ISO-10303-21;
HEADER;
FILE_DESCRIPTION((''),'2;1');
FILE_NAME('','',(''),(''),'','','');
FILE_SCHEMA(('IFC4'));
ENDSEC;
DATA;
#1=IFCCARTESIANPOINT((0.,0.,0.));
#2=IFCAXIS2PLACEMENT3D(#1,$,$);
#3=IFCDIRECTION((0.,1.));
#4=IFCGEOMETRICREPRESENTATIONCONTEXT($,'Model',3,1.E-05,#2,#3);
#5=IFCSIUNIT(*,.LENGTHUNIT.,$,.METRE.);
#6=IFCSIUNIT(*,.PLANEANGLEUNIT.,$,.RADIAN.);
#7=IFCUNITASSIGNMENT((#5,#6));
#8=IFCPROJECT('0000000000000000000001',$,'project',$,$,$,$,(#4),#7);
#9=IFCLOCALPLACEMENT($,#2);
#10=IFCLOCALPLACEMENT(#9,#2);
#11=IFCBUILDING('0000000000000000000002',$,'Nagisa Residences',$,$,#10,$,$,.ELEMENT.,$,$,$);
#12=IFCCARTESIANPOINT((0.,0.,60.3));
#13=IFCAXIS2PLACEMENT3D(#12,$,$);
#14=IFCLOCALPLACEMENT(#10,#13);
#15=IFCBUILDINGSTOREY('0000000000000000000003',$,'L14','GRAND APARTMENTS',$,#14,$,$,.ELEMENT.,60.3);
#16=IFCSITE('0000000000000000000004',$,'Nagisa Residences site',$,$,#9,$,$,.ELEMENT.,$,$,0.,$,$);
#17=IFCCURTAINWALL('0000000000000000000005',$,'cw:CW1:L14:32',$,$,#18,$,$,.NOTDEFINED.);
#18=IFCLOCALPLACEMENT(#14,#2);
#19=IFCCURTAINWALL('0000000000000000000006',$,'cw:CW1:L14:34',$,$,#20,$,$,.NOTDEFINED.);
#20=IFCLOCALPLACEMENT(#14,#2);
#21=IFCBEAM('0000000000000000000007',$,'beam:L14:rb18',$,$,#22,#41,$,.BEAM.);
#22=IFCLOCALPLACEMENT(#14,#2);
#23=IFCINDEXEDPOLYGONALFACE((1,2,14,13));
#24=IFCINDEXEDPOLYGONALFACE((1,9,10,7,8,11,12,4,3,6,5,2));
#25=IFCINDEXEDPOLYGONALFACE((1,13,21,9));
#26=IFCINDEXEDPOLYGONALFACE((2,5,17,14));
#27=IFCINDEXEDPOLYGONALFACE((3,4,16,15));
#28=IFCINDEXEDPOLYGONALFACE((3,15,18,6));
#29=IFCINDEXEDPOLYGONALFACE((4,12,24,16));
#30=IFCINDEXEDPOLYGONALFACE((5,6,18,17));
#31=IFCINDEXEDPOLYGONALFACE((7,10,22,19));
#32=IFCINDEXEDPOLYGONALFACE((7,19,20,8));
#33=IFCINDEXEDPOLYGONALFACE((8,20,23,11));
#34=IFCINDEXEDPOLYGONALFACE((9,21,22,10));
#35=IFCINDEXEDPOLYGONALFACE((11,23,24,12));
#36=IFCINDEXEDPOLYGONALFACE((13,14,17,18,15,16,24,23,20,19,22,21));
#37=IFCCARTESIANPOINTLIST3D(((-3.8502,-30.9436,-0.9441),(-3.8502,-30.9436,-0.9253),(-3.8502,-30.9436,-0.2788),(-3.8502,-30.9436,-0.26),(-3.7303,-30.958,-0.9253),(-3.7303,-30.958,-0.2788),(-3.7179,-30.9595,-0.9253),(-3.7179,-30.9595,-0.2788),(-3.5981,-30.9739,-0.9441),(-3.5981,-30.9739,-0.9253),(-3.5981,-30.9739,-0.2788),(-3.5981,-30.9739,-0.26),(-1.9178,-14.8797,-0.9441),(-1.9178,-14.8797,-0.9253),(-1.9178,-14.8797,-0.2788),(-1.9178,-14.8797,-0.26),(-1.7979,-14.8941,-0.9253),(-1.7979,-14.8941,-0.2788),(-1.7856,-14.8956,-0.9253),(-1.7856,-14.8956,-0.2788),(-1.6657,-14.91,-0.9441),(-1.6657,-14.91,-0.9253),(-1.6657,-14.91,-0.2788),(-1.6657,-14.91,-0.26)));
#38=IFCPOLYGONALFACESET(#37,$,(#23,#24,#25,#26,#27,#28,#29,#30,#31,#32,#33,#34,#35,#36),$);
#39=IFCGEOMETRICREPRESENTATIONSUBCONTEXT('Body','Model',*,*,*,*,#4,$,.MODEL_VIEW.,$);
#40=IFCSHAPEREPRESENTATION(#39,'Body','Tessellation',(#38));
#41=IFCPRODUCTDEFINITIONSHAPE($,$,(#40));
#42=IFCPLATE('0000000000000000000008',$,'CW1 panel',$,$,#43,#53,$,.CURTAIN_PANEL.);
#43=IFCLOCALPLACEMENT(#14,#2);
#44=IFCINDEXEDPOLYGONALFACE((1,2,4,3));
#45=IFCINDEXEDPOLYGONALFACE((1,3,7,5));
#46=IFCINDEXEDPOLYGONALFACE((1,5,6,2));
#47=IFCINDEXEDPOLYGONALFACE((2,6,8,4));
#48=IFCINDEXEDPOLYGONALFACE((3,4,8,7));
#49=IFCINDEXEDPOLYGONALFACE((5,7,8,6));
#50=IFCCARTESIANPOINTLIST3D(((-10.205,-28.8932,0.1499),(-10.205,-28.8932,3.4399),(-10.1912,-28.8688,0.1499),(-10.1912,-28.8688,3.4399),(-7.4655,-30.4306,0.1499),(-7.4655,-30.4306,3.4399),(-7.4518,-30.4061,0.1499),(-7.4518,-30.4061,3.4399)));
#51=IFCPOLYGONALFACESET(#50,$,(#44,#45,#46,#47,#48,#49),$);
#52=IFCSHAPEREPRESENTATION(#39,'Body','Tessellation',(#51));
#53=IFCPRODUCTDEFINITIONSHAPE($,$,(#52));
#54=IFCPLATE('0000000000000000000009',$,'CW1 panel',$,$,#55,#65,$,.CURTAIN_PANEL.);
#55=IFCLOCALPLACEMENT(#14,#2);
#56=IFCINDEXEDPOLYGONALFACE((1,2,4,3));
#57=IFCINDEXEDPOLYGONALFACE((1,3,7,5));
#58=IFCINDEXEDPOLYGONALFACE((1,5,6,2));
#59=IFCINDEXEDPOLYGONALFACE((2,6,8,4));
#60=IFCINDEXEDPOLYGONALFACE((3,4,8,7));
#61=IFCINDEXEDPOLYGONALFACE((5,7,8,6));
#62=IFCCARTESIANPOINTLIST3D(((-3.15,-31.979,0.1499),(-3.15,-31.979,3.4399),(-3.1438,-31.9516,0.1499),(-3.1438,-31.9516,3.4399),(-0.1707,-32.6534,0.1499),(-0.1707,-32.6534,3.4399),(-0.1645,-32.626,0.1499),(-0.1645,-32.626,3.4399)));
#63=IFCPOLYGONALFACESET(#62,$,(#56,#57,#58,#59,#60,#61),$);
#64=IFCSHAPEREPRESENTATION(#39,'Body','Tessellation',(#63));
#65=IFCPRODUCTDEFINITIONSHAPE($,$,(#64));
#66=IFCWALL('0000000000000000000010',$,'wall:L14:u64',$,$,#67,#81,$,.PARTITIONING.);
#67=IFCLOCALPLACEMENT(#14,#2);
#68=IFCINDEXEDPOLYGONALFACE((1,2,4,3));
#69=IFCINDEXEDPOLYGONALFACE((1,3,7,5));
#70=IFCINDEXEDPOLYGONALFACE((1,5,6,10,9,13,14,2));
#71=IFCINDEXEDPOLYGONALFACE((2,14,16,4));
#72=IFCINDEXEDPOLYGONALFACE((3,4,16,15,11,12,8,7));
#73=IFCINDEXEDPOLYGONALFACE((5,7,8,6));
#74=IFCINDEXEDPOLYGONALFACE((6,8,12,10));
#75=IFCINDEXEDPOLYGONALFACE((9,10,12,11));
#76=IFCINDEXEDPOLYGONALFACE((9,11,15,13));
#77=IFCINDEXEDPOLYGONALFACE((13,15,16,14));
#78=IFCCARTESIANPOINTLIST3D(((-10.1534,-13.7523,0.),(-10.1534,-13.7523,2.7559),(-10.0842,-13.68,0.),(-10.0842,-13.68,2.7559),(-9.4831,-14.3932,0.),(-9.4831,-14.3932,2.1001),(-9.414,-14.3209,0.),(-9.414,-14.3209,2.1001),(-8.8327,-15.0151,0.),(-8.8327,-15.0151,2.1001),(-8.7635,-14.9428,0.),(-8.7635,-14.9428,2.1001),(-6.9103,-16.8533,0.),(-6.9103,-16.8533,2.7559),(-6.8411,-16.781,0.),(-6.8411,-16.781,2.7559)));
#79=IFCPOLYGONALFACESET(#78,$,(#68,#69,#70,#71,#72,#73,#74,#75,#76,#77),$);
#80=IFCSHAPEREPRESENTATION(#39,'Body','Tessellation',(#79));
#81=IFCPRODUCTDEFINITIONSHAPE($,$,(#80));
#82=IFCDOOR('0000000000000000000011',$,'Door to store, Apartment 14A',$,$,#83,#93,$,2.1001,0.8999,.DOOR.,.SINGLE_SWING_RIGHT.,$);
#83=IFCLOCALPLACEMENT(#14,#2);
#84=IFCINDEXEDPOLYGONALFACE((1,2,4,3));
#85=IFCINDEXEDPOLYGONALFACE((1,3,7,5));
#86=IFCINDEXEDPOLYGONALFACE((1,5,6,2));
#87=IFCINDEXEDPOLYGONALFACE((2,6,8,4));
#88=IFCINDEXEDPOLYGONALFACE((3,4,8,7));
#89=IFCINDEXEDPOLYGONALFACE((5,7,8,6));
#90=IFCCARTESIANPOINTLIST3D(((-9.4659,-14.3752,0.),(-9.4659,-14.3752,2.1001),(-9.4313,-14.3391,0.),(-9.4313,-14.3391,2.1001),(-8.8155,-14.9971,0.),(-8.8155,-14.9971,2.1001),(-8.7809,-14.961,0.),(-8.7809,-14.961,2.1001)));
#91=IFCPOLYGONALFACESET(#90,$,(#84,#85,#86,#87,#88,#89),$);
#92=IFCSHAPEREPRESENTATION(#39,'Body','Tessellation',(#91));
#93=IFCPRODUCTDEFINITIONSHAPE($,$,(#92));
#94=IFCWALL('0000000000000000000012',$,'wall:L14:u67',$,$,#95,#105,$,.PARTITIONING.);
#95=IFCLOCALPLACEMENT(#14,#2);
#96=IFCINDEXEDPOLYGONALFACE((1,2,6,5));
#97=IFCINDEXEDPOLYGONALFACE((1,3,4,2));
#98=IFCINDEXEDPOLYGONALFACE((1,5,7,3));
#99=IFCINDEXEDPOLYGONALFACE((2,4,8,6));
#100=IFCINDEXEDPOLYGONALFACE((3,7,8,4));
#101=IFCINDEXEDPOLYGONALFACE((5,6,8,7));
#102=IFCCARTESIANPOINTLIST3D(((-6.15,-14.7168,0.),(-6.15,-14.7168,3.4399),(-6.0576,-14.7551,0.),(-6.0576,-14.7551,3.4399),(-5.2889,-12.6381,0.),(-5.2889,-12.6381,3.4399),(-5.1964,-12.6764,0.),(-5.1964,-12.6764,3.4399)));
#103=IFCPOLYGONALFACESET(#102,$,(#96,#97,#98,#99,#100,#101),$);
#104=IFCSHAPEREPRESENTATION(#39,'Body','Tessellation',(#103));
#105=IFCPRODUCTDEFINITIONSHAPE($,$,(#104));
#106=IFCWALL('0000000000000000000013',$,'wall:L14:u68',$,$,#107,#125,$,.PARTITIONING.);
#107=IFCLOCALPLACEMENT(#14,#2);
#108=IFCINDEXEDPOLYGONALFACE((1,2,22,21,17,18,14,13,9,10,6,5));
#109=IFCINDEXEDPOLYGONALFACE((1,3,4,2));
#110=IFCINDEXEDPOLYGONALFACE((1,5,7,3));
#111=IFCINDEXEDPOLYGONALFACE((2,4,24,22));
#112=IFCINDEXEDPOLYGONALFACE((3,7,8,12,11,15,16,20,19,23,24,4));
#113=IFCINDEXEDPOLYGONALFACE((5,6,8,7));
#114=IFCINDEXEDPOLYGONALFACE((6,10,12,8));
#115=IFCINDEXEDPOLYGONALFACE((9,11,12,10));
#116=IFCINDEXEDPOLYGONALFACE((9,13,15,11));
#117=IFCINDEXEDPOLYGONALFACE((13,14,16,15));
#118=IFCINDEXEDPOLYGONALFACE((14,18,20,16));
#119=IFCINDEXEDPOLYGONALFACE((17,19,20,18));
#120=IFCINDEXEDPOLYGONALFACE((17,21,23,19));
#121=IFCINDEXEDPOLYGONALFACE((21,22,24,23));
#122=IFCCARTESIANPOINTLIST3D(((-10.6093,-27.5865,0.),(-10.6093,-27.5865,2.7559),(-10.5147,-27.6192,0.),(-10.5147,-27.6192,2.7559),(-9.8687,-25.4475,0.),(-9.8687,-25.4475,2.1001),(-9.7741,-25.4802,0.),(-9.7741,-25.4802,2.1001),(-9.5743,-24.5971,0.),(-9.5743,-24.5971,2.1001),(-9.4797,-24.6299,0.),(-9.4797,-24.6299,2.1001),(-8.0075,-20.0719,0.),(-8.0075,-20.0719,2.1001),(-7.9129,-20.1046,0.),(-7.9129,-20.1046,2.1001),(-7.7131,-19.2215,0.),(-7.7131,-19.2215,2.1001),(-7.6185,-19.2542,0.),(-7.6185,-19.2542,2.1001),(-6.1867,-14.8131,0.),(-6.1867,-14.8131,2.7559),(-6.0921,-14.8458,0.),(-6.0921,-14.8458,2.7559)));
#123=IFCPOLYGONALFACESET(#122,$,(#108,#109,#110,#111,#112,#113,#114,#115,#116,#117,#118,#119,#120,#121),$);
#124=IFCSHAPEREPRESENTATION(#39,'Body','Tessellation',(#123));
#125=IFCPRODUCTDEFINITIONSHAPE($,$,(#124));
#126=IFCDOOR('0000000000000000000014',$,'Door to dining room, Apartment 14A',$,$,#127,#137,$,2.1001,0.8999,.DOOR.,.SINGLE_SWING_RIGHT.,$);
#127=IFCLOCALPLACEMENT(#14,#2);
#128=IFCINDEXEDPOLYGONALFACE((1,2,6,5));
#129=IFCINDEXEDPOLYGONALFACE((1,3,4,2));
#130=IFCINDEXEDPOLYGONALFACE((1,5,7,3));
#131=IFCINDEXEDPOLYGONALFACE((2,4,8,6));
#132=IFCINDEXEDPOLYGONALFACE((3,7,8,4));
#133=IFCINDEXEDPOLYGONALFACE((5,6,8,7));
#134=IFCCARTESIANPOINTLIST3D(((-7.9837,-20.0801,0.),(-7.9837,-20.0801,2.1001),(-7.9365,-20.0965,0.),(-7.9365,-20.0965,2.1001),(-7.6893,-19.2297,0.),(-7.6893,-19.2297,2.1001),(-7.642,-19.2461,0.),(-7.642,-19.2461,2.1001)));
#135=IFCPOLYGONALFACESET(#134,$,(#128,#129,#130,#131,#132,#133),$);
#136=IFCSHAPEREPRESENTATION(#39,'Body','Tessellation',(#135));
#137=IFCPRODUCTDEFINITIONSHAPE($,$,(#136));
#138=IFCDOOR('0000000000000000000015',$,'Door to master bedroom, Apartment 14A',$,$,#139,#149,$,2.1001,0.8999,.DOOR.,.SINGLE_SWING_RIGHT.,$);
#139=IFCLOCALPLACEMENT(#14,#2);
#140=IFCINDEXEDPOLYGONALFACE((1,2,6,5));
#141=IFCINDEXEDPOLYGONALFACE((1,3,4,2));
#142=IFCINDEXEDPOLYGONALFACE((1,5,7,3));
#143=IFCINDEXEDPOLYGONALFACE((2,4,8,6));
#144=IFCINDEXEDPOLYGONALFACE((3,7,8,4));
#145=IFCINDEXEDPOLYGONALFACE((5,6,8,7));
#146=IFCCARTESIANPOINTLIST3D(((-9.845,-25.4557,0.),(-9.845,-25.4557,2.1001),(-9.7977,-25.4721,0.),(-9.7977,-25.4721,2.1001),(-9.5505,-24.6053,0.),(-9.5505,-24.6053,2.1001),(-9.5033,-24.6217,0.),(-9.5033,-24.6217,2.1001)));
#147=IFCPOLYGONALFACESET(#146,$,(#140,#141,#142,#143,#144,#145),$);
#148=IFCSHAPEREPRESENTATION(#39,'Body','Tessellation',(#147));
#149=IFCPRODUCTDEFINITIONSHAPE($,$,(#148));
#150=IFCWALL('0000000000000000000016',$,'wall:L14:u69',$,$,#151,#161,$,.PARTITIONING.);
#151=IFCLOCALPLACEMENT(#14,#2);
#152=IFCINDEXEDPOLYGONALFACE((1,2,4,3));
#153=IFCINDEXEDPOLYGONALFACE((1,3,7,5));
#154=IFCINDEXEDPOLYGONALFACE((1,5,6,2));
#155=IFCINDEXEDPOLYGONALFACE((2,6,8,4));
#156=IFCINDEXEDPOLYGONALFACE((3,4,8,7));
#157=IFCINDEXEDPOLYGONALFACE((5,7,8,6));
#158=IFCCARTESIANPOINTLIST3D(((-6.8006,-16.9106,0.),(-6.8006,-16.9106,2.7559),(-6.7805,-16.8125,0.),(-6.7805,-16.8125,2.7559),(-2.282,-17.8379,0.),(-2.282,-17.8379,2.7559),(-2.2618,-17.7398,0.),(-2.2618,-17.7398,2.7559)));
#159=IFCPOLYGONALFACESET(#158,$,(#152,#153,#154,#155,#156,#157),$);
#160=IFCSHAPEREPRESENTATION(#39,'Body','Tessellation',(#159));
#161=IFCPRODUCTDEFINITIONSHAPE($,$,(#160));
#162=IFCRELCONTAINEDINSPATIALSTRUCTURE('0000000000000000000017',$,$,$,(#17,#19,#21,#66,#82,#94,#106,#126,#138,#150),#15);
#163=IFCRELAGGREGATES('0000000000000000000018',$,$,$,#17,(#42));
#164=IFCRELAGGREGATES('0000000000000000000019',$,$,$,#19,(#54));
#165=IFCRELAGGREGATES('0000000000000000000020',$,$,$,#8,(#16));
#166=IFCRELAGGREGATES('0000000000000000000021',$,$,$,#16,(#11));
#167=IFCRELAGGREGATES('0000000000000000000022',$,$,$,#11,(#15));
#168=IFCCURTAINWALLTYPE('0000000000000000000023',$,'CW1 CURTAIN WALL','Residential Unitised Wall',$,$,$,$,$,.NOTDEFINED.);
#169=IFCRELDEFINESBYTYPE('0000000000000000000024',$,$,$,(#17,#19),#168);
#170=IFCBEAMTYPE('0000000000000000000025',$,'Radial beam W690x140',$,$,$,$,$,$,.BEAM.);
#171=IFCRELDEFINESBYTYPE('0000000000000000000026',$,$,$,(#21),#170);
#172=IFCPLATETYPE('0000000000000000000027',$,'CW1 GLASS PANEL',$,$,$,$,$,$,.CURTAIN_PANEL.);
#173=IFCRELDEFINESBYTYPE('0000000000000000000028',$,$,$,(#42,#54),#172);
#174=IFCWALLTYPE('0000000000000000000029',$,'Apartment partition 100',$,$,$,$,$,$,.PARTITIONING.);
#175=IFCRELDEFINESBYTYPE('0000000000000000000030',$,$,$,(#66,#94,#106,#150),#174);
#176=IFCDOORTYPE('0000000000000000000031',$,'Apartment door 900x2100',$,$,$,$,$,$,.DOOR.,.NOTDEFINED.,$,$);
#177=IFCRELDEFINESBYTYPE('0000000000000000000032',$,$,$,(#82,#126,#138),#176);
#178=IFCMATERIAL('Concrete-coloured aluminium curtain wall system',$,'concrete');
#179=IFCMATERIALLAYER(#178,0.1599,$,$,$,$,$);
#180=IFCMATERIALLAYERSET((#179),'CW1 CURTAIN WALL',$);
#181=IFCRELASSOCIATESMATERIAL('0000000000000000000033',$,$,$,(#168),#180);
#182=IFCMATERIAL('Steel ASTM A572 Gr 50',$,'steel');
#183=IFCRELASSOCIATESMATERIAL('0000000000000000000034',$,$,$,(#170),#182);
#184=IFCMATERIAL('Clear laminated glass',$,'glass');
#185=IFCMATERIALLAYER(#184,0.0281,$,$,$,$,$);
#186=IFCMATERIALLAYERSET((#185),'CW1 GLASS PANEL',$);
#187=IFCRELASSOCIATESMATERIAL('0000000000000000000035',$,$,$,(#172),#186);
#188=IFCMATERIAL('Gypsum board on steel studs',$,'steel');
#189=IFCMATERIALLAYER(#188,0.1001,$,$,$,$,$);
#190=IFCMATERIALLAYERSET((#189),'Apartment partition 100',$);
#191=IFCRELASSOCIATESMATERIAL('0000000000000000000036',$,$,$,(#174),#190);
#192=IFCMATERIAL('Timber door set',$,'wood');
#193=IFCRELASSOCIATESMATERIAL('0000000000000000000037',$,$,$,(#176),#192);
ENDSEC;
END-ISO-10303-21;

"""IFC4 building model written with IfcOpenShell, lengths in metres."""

from ifc_helpers import new_model, si_unit, direction, frame, frame_2d, origin, origin_2d, place, context, subcontext, project, spatial, rectangle, i_section, extrude, material, layer, layer_set, material_profile, profile_set, type_object, element, fill, aggregate, save


model = new_model("IFC4")

# Units and contexts
model_context = context("Model", 3, precision=1e-05, world=origin(), true_north=direction((0.0, 1.0)))
body_context = subcontext(model_context, "Body", "Model", "MODEL_VIEW")
ifc_project = project(units=[si_unit("LENGTHUNIT", "METRE"), si_unit("PLANEANGLEUNIT", "RADIAN")], contexts=[model_context])

# Site, building, storey
site_placement = place(None, origin())
site = spatial("IfcSite", under=ifc_project, at=site_placement, Name="Nagisa Residences site", CompositionType="ELEMENT", RefElevation=0.0)
building_placement = place(site_placement, origin())
building = spatial("IfcBuilding", under=site, at=building_placement, Name="Nagisa Residences", CompositionType="ELEMENT")
storey_placement = place(building_placement, frame((0.0, 0.0, 60.3)))
storey = spatial("IfcBuildingStorey", under=building, at=storey_placement, Name="L14", Description="GRAND APARTMENTS", CompositionType="ELEMENT", Elevation=60.3)

# Curtain walls
ifc_material_1 = material(Name="Concrete-coloured aluminium curtain wall system", Category="concrete")
ifc_layer_1 = layer(ifc_material_1, 0.1599)
ifc_layer_set_1 = layer_set([ifc_layer_1], Name="CW1 CURTAIN WALL")
curtain_wall_type = type_object("IfcCurtainWallType", Name="CW1 CURTAIN WALL", Description="Residential Unitised Wall", PredefinedType="NOTDEFINED", material=ifc_layer_set_1)
curtain_wall_1_placement = place(storey_placement, origin())
curtain_wall_1 = element("IfcCurtainWall", 1, at=curtain_wall_1_placement, inside=storey, type_object=curtain_wall_type, Name="cw:CW1:L14:32", PredefinedType="NOTDEFINED")
curtain_wall_2_placement = place(storey_placement, origin())
curtain_wall_2 = element("IfcCurtainWall", 2, at=curtain_wall_2_placement, inside=storey, type_object=curtain_wall_type, Name="cw:CW1:L14:34", PredefinedType="NOTDEFINED")

# Beam
ifc_material_2 = material(Name="Steel ASTM A572 Gr 50", Category="steel")
ifc_material_profile_1 = material_profile(ifc_material_2, i_section(OverallWidth=0.2539, OverallDepth=0.6841, WebThickness=0.0125, FlangeThickness=0.0188, at=origin_2d()), Name="W690x140")
ifc_profile_set_1 = profile_set([ifc_material_profile_1], Name="Steel ASTM A572 Gr 50")
beam_type_1 = type_object("IfcBeamType", Name="Radial beam W690x140", PredefinedType="BEAM", material=ifc_profile_set_1)
beam_1_placement = place(storey_placement, frame((-3.7241, -30.9587, -0.6021), z_axis=(0.119431, 0.992842, 0.0), x_axis=(-0.992842, 0.119431, 0.0)))
element("IfcBeam", 3, at=beam_1_placement, inside=storey, type_object=beam_type_1, Name="beam:L14:rb18", PredefinedType="BEAM", context=body_context, shape_type="SweptSolid", body=[
    extrude(i_section(OverallWidth=0.2539, OverallDepth=0.6841, WebThickness=0.0125, FlangeThickness=0.0188, at=origin_2d()), origin(), (0.0, 0.0, 1.0), 16.1797),
])

# Plates
ifc_material_3 = material(Name="Clear laminated glass", Category="glass")
ifc_layer_2 = layer(ifc_material_3, 0.0281)
ifc_layer_set_2 = layer_set([ifc_layer_2], Name="CW1 GLASS PANEL")
plate_type = type_object("IfcPlateType", Name="CW1 GLASS PANEL", PredefinedType="CURTAIN_PANEL", material=ifc_layer_set_2)
plate_1_placement = place(storey_placement, frame((-8.8284, -29.6497, 0.1499), z_axis=(0.0, 0.0, 1.0), x_axis=(0.872072, -0.489377, 0.0)))
plate_1 = element("IfcPlate", 4, at=plate_1_placement, type_object=plate_type, Name="CW1 panel", PredefinedType="CURTAIN_PANEL", context=body_context, shape_type="SweptSolid", body=[
    extrude(rectangle(XDim=3.1414, YDim=0.0281, at=origin_2d()), origin(), (0.0, 0.0, 1.0), 3.29),
])
aggregate(curtain_wall_1, [plate_1])
plate_2_placement = place(storey_placement, frame((-1.6572, -32.3025, 0.1499), z_axis=(0.0, 0.0, 1.0), x_axis=(0.975327, -0.220764, 0.0)))
plate_2 = element("IfcPlate", 5, at=plate_2_placement, type_object=plate_type, Name="CW1 panel", PredefinedType="CURTAIN_PANEL", context=body_context, shape_type="SweptSolid", body=[
    extrude(rectangle(XDim=3.0547, YDim=0.0281, at=origin_2d()), origin(), (0.0, 0.0, 1.0), 3.29),
])
aggregate(curtain_wall_2, [plate_2])

# Wall, opening, door
ifc_material_4 = material(Name="Gypsum board on steel studs", Category="steel")
ifc_layer_3 = layer(ifc_material_4, 0.1001)
ifc_layer_set_3 = layer_set([ifc_layer_3], Name="Apartment partition 100")
wall_type_1 = type_object("IfcWallType", Name="Apartment partition 100", PredefinedType="PARTITIONING", material=ifc_layer_set_3)
wall_1_placement = place(storey_placement, frame((-10.1189, -13.7161, 0.0), z_axis=(0.0, 0.0, 1.0), x_axis=(0.722762, -0.691097, 0.0)))
wall_1 = element("IfcWall", 6, at=wall_1_placement, inside=storey, type_object=wall_type_1, Name="wall:L14:u64", PredefinedType="PARTITIONING", context=body_context, shape_type="SweptSolid", body=[
    extrude(rectangle(XDim=4.4871, YDim=0.1001, at=frame_2d((2.2437, 0.0))), origin(), (0.0, 0.0, 1.0), 2.7559),
])
opening_1_placement = place(wall_1_placement, frame((0.9275, 0.0, 0.0)))
opening_1 = element("IfcOpeningElement", 7, at=opening_1_placement, cuts=wall_1, PredefinedType="OPENING", context=body_context, shape_type="SweptSolid", body=[
    extrude(rectangle(XDim=0.8999, YDim=2.1001, at=frame_2d((0.45, 1.05))), frame((0.0, 0.0601, 0.0), z_axis=(0.0, -1.0, 0.0), x_axis=(1.0, 0.0, 0.0)), (0.0, 0.0, 1.0), 0.1201),
])
ifc_material_5 = material(Name="Timber door set", Category="wood")
door_type_1 = type_object("IfcDoorType", Name="Apartment door 900x2100", OperationType="NOTDEFINED", PredefinedType="DOOR", material=ifc_material_5)
door_1_placement = place(opening_1_placement, origin())
door_1 = element("IfcDoor", 8, at=door_1_placement, inside=storey, type_object=door_type_1, Name="Door to store, Apartment 14A", OperationType="SINGLE_SWING_RIGHT", OverallHeight=2.1001, OverallWidth=0.8999, PredefinedType="DOOR", context=body_context, shape_type="SweptSolid", body=[
    extrude(rectangle(XDim=0.8999, YDim=2.1001, at=frame_2d((0.45, 1.05))), frame((0.0, 0.0249, 0.0), z_axis=(0.0, -1.0, 0.0), x_axis=(1.0, 0.0, 0.0)), (0.0, 0.0, 1.0), 0.05),
])
fill(opening_1, door_1)

# Wall
wall_2_placement = place(storey_placement, frame((-5.2427, -12.6572, 0.0), z_axis=(0.0, 0.0, 1.0), x_axis=(-0.382719, -0.923865, 0.0)))
element("IfcWall", 9, at=wall_2_placement, inside=storey, type_object=wall_type_1, Name="wall:L14:u67", PredefinedType="PARTITIONING", context=body_context, shape_type="SweptSolid", body=[
    extrude(rectangle(XDim=2.25, YDim=0.1001, at=frame_2d((1.125, 0.0))), origin(), (0.0, 0.0, 1.0), 3.4399),
])

# Wall, openings, doors
wall_3_placement = place(storey_placement, frame((-6.1394, -14.8293, 0.0), z_axis=(0.0, 0.0, 1.0), x_axis=(-0.327179, -0.944962, 0.0)))
wall_3 = element("IfcWall", 10, at=wall_3_placement, inside=storey, type_object=wall_type_1, Name="wall:L14:u68", PredefinedType="PARTITIONING", context=body_context, shape_type="SweptSolid", body=[
    extrude(rectangle(XDim=13.5173, YDim=0.1001, at=frame_2d((6.7588, 0.0))), origin(), (0.0, 0.0, 1.0), 2.7559),
])
opening_2_placement = place(wall_3_placement, frame((4.6653, 0.0, 0.0)))
opening_2 = element("IfcOpeningElement", 11, at=opening_2_placement, cuts=wall_3, PredefinedType="OPENING", context=body_context, shape_type="SweptSolid", body=[
    extrude(rectangle(XDim=0.8999, YDim=2.1001, at=frame_2d((0.45, 1.05))), frame((0.0, 0.0601, 0.0), z_axis=(0.0, -1.0, 0.0), x_axis=(1.0, 0.0, 0.0)), (0.0, 0.0, 1.0), 0.1201),
])
opening_3_placement = place(wall_3_placement, frame((10.354, 0.0, 0.0)))
opening_3 = element("IfcOpeningElement", 12, at=opening_3_placement, cuts=wall_3, PredefinedType="OPENING", context=body_context, shape_type="SweptSolid", body=[
    extrude(rectangle(XDim=0.8999, YDim=2.1001, at=frame_2d((0.45, 1.05))), frame((0.0, 0.0601, 0.0), z_axis=(0.0, -1.0, 0.0), x_axis=(1.0, 0.0, 0.0)), (0.0, 0.0, 1.0), 0.1201),
])
door_2_placement = place(opening_2_placement, frame((0.8999, 0.0, 0.0), x_axis=(-1.0, 0.0, 0.0)))
door_2 = element("IfcDoor", 13, at=door_2_placement, inside=storey, type_object=door_type_1, Name="Door to dining room, Apartment 14A", OperationType="SINGLE_SWING_RIGHT", OverallHeight=2.1001, OverallWidth=0.8999, PredefinedType="DOOR", context=body_context, shape_type="SweptSolid", body=[
    extrude(rectangle(XDim=0.8999, YDim=2.1001, at=frame_2d((0.45, 1.05))), frame((0.0, 0.0249, 0.0), z_axis=(0.0, -1.0, 0.0), x_axis=(1.0, 0.0, 0.0)), (0.0, 0.0, 1.0), 0.05),
])
fill(opening_2, door_2)
door_3_placement = place(opening_3_placement, frame((0.8999, 0.0, 0.0), x_axis=(-1.0, 0.0, 0.0)))
door_3 = element("IfcDoor", 14, at=door_3_placement, inside=storey, type_object=door_type_1, Name="Door to master bedroom, Apartment 14A", OperationType="SINGLE_SWING_RIGHT", OverallHeight=2.1001, OverallWidth=0.8999, PredefinedType="DOOR", context=body_context, shape_type="SweptSolid", body=[
    extrude(rectangle(XDim=0.8999, YDim=2.1001, at=frame_2d((0.45, 1.05))), frame((0.0, 0.0249, 0.0), z_axis=(0.0, -1.0, 0.0), x_axis=(1.0, 0.0, 0.0)), (0.0, 0.0, 1.0), 0.05),
])
fill(opening_3, door_3)

# Wall
wall_4_placement = place(storey_placement, frame((-6.7905, -16.8616, 0.0), z_axis=(0.0, 0.0, 1.0), x_axis=(0.979587, -0.20102, 0.0)))
element("IfcWall", 15, at=wall_4_placement, inside=storey, type_object=wall_type_1, Name="wall:L14:u69", PredefinedType="PARTITIONING", context=body_context, shape_type="SweptSolid", body=[
    extrude(rectangle(XDim=4.6128, YDim=0.1001, at=frame_2d((2.3064, 0.0))), origin(), (0.0, 0.0, 1.0), 2.7559),
])

save(model, "model.ifc")
